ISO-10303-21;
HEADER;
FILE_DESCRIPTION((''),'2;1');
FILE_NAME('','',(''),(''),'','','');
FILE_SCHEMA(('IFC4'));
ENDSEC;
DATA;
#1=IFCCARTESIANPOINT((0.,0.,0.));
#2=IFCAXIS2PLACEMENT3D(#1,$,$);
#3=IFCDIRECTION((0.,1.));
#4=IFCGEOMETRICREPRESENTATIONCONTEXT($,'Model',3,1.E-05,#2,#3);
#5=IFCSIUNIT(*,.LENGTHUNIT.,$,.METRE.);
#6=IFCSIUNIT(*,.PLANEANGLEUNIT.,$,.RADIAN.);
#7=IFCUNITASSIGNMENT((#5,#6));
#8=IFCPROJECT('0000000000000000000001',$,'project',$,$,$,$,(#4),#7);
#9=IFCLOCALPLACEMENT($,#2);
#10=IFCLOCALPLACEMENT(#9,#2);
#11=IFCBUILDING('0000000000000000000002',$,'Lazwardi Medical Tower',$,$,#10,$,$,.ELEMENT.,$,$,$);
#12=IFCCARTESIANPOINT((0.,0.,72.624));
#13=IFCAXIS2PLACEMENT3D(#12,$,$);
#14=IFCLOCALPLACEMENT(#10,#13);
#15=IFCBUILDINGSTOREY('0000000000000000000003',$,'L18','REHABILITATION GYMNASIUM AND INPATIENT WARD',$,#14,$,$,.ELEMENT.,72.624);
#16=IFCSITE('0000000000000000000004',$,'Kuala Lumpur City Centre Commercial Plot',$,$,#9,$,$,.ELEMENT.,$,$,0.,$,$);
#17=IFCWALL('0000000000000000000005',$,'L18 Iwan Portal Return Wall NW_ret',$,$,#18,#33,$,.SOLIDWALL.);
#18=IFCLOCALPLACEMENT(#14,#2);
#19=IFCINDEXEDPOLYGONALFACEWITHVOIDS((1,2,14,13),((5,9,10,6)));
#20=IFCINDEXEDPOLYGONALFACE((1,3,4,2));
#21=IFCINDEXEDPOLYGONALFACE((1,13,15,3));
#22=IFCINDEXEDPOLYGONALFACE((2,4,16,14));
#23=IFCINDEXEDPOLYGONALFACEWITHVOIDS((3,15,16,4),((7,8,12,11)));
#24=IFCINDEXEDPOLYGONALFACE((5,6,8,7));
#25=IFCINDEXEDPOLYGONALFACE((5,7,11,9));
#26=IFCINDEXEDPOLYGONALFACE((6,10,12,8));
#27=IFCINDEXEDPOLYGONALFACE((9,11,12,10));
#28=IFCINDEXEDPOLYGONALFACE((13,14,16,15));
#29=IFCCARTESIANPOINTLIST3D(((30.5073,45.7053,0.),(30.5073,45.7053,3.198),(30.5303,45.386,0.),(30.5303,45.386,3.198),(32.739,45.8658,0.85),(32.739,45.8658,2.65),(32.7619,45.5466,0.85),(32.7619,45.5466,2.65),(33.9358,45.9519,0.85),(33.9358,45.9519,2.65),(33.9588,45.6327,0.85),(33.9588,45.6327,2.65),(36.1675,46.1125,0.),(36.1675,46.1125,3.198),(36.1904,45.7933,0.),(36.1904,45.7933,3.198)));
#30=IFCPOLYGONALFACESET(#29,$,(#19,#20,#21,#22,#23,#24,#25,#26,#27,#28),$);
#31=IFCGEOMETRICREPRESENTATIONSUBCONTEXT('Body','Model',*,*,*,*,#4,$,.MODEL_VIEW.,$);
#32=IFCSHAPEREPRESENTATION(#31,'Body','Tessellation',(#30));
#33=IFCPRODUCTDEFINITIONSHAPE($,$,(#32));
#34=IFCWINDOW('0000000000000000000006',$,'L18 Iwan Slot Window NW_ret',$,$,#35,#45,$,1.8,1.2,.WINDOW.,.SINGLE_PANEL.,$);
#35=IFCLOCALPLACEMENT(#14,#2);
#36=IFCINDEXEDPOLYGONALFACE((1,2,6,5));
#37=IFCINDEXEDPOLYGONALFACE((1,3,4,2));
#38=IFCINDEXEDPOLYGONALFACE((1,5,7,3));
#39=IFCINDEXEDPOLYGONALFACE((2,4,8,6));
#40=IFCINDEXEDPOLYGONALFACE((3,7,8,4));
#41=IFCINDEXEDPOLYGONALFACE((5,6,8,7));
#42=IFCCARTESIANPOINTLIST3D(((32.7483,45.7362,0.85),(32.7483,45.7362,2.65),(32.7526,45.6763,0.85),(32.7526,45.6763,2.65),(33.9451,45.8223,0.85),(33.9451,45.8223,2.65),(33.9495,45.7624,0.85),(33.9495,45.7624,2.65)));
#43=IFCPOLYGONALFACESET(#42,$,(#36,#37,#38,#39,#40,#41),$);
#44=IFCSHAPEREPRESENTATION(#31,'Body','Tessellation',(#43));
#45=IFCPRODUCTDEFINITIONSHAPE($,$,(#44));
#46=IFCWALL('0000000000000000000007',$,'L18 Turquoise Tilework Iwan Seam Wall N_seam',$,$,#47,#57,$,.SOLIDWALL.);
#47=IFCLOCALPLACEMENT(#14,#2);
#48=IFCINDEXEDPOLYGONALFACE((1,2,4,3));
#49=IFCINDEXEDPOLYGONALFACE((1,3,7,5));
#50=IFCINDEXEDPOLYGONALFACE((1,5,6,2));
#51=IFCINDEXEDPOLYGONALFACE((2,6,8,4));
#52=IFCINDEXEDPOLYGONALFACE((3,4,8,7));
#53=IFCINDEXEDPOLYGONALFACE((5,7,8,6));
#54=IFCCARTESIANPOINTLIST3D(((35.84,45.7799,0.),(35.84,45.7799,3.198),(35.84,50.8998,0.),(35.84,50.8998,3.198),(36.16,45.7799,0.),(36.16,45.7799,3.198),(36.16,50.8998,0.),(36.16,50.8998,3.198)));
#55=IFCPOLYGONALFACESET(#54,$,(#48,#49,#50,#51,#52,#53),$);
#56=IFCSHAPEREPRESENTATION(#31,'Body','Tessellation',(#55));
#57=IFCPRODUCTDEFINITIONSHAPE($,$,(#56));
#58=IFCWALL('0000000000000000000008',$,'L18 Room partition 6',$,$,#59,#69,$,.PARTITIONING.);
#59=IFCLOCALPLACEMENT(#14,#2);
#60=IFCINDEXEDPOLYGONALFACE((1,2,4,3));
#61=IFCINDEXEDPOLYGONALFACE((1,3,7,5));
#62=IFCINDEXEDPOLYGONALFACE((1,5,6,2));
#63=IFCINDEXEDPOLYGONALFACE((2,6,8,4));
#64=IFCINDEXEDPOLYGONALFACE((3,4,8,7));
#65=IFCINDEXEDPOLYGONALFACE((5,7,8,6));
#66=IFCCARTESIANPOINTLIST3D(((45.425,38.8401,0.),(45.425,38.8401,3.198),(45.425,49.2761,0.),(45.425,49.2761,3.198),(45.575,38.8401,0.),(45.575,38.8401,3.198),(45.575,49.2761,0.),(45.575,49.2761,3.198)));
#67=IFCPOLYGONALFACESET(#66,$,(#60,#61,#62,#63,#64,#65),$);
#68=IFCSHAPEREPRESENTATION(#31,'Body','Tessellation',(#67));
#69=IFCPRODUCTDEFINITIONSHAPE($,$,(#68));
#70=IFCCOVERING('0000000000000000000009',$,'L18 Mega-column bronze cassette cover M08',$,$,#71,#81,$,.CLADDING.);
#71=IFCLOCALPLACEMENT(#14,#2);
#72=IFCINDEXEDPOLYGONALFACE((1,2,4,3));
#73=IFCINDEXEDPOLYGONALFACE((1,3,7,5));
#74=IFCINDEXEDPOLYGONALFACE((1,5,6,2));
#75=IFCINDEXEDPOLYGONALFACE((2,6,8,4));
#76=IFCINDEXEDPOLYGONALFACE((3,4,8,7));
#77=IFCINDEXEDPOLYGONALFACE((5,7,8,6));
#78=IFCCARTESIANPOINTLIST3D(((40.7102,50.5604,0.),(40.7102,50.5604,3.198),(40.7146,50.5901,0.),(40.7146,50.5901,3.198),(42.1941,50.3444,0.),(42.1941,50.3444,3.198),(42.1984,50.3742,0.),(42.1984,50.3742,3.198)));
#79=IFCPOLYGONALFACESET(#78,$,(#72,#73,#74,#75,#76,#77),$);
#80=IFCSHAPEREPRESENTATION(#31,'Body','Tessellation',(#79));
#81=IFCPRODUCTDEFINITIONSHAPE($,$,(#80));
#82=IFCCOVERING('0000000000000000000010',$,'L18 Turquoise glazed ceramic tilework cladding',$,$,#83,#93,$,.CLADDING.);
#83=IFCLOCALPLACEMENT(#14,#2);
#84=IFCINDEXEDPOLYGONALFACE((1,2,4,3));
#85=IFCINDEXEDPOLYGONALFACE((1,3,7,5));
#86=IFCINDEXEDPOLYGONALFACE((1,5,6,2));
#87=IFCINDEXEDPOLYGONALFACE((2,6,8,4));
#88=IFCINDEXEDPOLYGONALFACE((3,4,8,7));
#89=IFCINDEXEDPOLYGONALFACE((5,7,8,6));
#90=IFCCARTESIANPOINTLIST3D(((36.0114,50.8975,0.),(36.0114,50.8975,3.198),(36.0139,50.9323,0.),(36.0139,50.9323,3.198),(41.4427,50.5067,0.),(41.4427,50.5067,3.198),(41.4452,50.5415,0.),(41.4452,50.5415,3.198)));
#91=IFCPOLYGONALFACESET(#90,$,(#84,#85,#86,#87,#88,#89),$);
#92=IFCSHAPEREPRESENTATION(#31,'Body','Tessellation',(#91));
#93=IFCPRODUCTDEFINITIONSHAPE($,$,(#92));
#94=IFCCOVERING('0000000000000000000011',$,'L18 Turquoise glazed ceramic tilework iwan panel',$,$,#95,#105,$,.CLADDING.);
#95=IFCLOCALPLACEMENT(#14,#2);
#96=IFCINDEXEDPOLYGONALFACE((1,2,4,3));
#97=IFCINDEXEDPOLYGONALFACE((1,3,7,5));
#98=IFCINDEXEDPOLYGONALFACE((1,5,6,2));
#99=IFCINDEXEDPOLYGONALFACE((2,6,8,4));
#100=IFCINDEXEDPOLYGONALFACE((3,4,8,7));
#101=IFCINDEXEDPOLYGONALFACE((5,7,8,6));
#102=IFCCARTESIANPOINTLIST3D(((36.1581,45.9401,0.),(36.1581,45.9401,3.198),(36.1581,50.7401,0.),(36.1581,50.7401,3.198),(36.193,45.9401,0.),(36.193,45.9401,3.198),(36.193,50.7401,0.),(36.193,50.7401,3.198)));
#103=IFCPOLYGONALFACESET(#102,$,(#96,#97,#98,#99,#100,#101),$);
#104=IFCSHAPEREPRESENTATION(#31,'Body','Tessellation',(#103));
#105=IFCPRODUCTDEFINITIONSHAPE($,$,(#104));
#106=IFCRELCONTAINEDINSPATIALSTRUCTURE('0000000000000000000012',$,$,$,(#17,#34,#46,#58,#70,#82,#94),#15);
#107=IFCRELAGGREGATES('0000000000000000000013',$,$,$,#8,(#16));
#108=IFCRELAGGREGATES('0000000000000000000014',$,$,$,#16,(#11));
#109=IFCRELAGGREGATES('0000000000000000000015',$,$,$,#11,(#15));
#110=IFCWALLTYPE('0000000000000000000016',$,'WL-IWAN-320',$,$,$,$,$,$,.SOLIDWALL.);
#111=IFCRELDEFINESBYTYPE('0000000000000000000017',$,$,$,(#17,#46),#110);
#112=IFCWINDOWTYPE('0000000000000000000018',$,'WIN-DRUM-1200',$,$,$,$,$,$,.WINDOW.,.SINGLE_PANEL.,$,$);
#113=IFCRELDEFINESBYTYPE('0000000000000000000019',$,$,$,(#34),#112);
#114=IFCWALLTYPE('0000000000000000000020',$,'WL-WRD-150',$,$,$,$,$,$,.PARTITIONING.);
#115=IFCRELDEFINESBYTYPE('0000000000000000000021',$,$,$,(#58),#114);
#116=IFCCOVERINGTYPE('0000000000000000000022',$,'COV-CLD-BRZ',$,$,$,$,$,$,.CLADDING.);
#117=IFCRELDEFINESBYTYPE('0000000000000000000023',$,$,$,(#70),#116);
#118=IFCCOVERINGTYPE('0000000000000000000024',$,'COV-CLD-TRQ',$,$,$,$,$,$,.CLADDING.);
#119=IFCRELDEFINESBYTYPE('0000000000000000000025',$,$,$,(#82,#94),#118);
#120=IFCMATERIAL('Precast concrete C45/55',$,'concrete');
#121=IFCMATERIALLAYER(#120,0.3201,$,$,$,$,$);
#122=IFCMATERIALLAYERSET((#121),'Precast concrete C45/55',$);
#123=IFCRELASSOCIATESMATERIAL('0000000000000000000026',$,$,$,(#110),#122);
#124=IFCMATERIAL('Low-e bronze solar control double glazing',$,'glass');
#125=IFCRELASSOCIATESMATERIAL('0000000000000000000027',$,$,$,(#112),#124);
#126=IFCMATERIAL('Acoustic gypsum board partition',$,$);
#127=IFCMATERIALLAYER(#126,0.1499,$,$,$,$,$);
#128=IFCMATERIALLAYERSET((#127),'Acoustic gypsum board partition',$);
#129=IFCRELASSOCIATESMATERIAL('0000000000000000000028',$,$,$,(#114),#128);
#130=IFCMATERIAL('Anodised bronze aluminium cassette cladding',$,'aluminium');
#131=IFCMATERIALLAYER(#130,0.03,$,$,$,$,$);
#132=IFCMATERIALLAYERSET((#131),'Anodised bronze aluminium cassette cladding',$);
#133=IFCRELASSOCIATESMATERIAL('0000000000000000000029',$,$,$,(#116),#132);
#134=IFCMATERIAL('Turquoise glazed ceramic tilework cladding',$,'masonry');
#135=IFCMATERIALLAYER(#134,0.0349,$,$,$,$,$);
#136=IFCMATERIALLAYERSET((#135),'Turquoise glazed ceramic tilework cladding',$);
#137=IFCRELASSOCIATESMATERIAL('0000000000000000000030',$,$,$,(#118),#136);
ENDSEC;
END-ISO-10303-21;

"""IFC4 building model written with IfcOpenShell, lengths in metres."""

from ifc_helpers import new_model, si_unit, direction, frame, frame_2d, origin, origin_2d, place, context, subcontext, project, spatial, rectangle, extrude, material, layer, layer_set, type_object, element, fill, save


model = new_model("IFC4")

# Units and contexts
model_context = context("Model", 3, precision=1e-05, world=origin(), true_north=direction((0.0, 1.0)))
body_context = subcontext(model_context, "Body", "Model", "MODEL_VIEW")
ifc_project = project(units=[si_unit("LENGTHUNIT", "METRE"), si_unit("PLANEANGLEUNIT", "RADIAN")], contexts=[model_context])

# Site, building, storey
site_placement = place(None, origin())
site = spatial("IfcSite", under=ifc_project, at=site_placement, Name="Kuala Lumpur City Centre Commercial Plot", CompositionType="ELEMENT", RefElevation=0.0)
building_placement = place(site_placement, origin())
building = spatial("IfcBuilding", under=site, at=building_placement, Name="Lazwardi Medical Tower", CompositionType="ELEMENT")
storey_placement = place(building_placement, frame((0.0, 0.0, 72.624)))
storey = spatial("IfcBuildingStorey", under=building, at=storey_placement, Name="L18", Description="REHABILITATION GYMNASIUM AND INPATIENT WARD", CompositionType="ELEMENT", Elevation=72.624)

# Shared definitions
ifc_material_1 = material(Name="Low-e bronze solar control double glazing", Category="glass")

# Wall, opening, window
ifc_material_2 = material(Name="Precast concrete C45/55", Category="concrete")
ifc_layer_1 = layer(ifc_material_2, 0.3201)
ifc_layer_set_1 = layer_set([ifc_layer_1], Name="Precast concrete C45/55")
wall_type_1 = type_object("IfcWallType", Name="WL-IWAN-320", PredefinedType="SOLIDWALL", material=ifc_layer_set_1)
wall_1_placement = place(storey_placement, frame((36.179, 45.9529, 0.0), z_axis=(0.0, 0.0, 1.0), x_axis=(-0.997422, -0.071761, 0.0)))
wall_1 = element("IfcWall", 1, at=wall_1_placement, inside=storey, type_object=wall_type_1, Name="L18 Iwan Portal Return Wall NW_ret", PredefinedType="SOLIDWALL", context=body_context, shape_type="SweptSolid", body=[
    extrude(rectangle(XDim=5.6748, YDim=0.3201, at=frame_2d((2.8374, 0.0))), origin(), (0.0, 0.0, 1.0), 3.198),
])
opening_1_placement = place(wall_1_placement, frame((2.2373, 0.0, 0.8501)))
opening_1 = element("IfcOpeningElement", 2, at=opening_1_placement, cuts=wall_1, PredefinedType="OPENING", context=body_context, shape_type="SweptSolid", body=[
    extrude(rectangle(XDim=1.2, YDim=1.8, at=frame_2d((0.6001, 0.8999))), frame((0.0, 0.1699, 0.0), z_axis=(0.0, -1.0, 0.0), x_axis=(1.0, 0.0, 0.0)), (0.0, 0.0, 1.0), 0.3401),
])
window_type_1 = type_object("IfcWindowType", Name="WIN-DRUM-1200", PartitioningType="SINGLE_PANEL", PredefinedType="WINDOW", material=ifc_material_1)
window_1_placement = place(opening_1_placement, origin())
window_1 = element("IfcWindow", 3, at=window_1_placement, inside=storey, type_object=window_type_1, Name="L18 Iwan Slot Window NW_ret", OverallHeight=1.8, OverallWidth=1.2, PartitioningType="SINGLE_PANEL", PredefinedType="WINDOW", context=body_context, shape_type="SweptSolid", body=[
    extrude(rectangle(XDim=1.2, YDim=1.8, at=frame_2d((0.6001, 0.8999))), frame((0.0, 0.03, 0.0), z_axis=(0.0, -1.0, 0.0), x_axis=(1.0, 0.0, 0.0)), (0.0, 0.0, 1.0), 0.0601),
])
fill(opening_1, window_1)

# Walls
wall_2_placement = place(storey_placement, frame((36.0, 50.8999, 0.0), z_axis=(0.0, 0.0, 1.0), x_axis=(0.0, -1.0, 0.0)))
element("IfcWall", 4, at=wall_2_placement, inside=storey, type_object=wall_type_1, Name="L18 Turquoise Tilework Iwan Seam Wall N_seam", PredefinedType="SOLIDWALL", context=body_context, shape_type="SweptSolid", body=[
    extrude(rectangle(XDim=5.1199, YDim=0.3201, at=frame_2d((2.5601, 0.0))), origin(), (0.0, 0.0, 1.0), 3.198),
])
ifc_material_3 = material(Name="Acoustic gypsum board partition")
ifc_layer_2 = layer(ifc_material_3, 0.1499)
ifc_layer_set_2 = layer_set([ifc_layer_2], Name="Acoustic gypsum board partition")
wall_type_2 = type_object("IfcWallType", Name="WL-WRD-150", PredefinedType="PARTITIONING", material=ifc_layer_set_2)
wall_3_placement = place(storey_placement, frame((45.5, 38.8401, 0.0), z_axis=(0.0, 0.0, 1.0), x_axis=(0.0, 1.0, 0.0)))
element("IfcWall", 5, at=wall_3_placement, inside=storey, type_object=wall_type_2, Name="L18 Room partition 6", PredefinedType="PARTITIONING", context=body_context, shape_type="SweptSolid", body=[
    extrude(rectangle(XDim=10.436, YDim=0.1499, at=frame_2d((5.218, 0.0))), origin(), (0.0, 0.0, 1.0), 3.198),
])

# Coverings
ifc_material_4 = material(Name="Anodised bronze aluminium cassette cladding", Category="aluminium")
ifc_layer_3 = layer(ifc_material_4, 0.03)
ifc_layer_set_3 = layer_set([ifc_layer_3], Name="Anodised bronze aluminium cassette cladding")
covering_type_1 = type_object("IfcCoveringType", Name="COV-CLD-BRZ", PredefinedType="CLADDING", material=ifc_layer_set_3)
covering_1_placement = place(storey_placement, frame((41.4543, 50.4673, 0.0), z_axis=(0.0, 0.0, 1.0), x_axis=(-0.989573, 0.144035, 0.0)))
element("IfcCovering", 6, at=covering_1_placement, inside=storey, type_object=covering_type_1, Name="L18 Mega-column bronze cassette cover M08", PredefinedType="CLADDING", context=body_context, shape_type="SweptSolid", body=[
    extrude(rectangle(XDim=1.4995, YDim=0.03, at=origin_2d()), origin(), (0.0, 0.0, 1.0), 3.198),
])
ifc_material_5 = material(Name="Turquoise glazed ceramic tilework cladding", Category="masonry")
ifc_layer_4 = layer(ifc_material_5, 0.0349)
ifc_layer_set_4 = layer_set([ifc_layer_4], Name="Turquoise glazed ceramic tilework cladding")
covering_type_2 = type_object("IfcCoveringType", Name="COV-CLD-TRQ", PredefinedType="CLADDING", material=ifc_layer_set_4)
covering_2_placement = place(storey_placement, frame((38.7283, 50.7195, 0.0), z_axis=(0.0, 0.0, 1.0), x_axis=(-0.997421, 0.071767, 0.0)))
element("IfcCovering", 7, at=covering_2_placement, inside=storey, type_object=covering_type_2, Name="L18 Turquoise glazed ceramic tilework cladding", PredefinedType="CLADDING", context=body_context, shape_type="SweptSolid", body=[
    extrude(rectangle(XDim=5.4453, YDim=0.0349, at=origin_2d()), origin(), (0.0, 0.0, 1.0), 3.198),
])
covering_3_placement = place(storey_placement, frame((36.1755, 48.3401, 0.0), z_axis=(0.0, 0.0, 1.0), x_axis=(0.0, -1.0, 0.0)))
element("IfcCovering", 8, at=covering_3_placement, inside=storey, type_object=covering_type_2, Name="L18 Turquoise glazed ceramic tilework iwan panel", PredefinedType="CLADDING", context=body_context, shape_type="SweptSolid", body=[
    extrude(rectangle(XDim=4.8, YDim=0.0349, at=origin_2d()), origin(), (0.0, 0.0, 1.0), 3.198),
])

save(model, "model.ifc")
